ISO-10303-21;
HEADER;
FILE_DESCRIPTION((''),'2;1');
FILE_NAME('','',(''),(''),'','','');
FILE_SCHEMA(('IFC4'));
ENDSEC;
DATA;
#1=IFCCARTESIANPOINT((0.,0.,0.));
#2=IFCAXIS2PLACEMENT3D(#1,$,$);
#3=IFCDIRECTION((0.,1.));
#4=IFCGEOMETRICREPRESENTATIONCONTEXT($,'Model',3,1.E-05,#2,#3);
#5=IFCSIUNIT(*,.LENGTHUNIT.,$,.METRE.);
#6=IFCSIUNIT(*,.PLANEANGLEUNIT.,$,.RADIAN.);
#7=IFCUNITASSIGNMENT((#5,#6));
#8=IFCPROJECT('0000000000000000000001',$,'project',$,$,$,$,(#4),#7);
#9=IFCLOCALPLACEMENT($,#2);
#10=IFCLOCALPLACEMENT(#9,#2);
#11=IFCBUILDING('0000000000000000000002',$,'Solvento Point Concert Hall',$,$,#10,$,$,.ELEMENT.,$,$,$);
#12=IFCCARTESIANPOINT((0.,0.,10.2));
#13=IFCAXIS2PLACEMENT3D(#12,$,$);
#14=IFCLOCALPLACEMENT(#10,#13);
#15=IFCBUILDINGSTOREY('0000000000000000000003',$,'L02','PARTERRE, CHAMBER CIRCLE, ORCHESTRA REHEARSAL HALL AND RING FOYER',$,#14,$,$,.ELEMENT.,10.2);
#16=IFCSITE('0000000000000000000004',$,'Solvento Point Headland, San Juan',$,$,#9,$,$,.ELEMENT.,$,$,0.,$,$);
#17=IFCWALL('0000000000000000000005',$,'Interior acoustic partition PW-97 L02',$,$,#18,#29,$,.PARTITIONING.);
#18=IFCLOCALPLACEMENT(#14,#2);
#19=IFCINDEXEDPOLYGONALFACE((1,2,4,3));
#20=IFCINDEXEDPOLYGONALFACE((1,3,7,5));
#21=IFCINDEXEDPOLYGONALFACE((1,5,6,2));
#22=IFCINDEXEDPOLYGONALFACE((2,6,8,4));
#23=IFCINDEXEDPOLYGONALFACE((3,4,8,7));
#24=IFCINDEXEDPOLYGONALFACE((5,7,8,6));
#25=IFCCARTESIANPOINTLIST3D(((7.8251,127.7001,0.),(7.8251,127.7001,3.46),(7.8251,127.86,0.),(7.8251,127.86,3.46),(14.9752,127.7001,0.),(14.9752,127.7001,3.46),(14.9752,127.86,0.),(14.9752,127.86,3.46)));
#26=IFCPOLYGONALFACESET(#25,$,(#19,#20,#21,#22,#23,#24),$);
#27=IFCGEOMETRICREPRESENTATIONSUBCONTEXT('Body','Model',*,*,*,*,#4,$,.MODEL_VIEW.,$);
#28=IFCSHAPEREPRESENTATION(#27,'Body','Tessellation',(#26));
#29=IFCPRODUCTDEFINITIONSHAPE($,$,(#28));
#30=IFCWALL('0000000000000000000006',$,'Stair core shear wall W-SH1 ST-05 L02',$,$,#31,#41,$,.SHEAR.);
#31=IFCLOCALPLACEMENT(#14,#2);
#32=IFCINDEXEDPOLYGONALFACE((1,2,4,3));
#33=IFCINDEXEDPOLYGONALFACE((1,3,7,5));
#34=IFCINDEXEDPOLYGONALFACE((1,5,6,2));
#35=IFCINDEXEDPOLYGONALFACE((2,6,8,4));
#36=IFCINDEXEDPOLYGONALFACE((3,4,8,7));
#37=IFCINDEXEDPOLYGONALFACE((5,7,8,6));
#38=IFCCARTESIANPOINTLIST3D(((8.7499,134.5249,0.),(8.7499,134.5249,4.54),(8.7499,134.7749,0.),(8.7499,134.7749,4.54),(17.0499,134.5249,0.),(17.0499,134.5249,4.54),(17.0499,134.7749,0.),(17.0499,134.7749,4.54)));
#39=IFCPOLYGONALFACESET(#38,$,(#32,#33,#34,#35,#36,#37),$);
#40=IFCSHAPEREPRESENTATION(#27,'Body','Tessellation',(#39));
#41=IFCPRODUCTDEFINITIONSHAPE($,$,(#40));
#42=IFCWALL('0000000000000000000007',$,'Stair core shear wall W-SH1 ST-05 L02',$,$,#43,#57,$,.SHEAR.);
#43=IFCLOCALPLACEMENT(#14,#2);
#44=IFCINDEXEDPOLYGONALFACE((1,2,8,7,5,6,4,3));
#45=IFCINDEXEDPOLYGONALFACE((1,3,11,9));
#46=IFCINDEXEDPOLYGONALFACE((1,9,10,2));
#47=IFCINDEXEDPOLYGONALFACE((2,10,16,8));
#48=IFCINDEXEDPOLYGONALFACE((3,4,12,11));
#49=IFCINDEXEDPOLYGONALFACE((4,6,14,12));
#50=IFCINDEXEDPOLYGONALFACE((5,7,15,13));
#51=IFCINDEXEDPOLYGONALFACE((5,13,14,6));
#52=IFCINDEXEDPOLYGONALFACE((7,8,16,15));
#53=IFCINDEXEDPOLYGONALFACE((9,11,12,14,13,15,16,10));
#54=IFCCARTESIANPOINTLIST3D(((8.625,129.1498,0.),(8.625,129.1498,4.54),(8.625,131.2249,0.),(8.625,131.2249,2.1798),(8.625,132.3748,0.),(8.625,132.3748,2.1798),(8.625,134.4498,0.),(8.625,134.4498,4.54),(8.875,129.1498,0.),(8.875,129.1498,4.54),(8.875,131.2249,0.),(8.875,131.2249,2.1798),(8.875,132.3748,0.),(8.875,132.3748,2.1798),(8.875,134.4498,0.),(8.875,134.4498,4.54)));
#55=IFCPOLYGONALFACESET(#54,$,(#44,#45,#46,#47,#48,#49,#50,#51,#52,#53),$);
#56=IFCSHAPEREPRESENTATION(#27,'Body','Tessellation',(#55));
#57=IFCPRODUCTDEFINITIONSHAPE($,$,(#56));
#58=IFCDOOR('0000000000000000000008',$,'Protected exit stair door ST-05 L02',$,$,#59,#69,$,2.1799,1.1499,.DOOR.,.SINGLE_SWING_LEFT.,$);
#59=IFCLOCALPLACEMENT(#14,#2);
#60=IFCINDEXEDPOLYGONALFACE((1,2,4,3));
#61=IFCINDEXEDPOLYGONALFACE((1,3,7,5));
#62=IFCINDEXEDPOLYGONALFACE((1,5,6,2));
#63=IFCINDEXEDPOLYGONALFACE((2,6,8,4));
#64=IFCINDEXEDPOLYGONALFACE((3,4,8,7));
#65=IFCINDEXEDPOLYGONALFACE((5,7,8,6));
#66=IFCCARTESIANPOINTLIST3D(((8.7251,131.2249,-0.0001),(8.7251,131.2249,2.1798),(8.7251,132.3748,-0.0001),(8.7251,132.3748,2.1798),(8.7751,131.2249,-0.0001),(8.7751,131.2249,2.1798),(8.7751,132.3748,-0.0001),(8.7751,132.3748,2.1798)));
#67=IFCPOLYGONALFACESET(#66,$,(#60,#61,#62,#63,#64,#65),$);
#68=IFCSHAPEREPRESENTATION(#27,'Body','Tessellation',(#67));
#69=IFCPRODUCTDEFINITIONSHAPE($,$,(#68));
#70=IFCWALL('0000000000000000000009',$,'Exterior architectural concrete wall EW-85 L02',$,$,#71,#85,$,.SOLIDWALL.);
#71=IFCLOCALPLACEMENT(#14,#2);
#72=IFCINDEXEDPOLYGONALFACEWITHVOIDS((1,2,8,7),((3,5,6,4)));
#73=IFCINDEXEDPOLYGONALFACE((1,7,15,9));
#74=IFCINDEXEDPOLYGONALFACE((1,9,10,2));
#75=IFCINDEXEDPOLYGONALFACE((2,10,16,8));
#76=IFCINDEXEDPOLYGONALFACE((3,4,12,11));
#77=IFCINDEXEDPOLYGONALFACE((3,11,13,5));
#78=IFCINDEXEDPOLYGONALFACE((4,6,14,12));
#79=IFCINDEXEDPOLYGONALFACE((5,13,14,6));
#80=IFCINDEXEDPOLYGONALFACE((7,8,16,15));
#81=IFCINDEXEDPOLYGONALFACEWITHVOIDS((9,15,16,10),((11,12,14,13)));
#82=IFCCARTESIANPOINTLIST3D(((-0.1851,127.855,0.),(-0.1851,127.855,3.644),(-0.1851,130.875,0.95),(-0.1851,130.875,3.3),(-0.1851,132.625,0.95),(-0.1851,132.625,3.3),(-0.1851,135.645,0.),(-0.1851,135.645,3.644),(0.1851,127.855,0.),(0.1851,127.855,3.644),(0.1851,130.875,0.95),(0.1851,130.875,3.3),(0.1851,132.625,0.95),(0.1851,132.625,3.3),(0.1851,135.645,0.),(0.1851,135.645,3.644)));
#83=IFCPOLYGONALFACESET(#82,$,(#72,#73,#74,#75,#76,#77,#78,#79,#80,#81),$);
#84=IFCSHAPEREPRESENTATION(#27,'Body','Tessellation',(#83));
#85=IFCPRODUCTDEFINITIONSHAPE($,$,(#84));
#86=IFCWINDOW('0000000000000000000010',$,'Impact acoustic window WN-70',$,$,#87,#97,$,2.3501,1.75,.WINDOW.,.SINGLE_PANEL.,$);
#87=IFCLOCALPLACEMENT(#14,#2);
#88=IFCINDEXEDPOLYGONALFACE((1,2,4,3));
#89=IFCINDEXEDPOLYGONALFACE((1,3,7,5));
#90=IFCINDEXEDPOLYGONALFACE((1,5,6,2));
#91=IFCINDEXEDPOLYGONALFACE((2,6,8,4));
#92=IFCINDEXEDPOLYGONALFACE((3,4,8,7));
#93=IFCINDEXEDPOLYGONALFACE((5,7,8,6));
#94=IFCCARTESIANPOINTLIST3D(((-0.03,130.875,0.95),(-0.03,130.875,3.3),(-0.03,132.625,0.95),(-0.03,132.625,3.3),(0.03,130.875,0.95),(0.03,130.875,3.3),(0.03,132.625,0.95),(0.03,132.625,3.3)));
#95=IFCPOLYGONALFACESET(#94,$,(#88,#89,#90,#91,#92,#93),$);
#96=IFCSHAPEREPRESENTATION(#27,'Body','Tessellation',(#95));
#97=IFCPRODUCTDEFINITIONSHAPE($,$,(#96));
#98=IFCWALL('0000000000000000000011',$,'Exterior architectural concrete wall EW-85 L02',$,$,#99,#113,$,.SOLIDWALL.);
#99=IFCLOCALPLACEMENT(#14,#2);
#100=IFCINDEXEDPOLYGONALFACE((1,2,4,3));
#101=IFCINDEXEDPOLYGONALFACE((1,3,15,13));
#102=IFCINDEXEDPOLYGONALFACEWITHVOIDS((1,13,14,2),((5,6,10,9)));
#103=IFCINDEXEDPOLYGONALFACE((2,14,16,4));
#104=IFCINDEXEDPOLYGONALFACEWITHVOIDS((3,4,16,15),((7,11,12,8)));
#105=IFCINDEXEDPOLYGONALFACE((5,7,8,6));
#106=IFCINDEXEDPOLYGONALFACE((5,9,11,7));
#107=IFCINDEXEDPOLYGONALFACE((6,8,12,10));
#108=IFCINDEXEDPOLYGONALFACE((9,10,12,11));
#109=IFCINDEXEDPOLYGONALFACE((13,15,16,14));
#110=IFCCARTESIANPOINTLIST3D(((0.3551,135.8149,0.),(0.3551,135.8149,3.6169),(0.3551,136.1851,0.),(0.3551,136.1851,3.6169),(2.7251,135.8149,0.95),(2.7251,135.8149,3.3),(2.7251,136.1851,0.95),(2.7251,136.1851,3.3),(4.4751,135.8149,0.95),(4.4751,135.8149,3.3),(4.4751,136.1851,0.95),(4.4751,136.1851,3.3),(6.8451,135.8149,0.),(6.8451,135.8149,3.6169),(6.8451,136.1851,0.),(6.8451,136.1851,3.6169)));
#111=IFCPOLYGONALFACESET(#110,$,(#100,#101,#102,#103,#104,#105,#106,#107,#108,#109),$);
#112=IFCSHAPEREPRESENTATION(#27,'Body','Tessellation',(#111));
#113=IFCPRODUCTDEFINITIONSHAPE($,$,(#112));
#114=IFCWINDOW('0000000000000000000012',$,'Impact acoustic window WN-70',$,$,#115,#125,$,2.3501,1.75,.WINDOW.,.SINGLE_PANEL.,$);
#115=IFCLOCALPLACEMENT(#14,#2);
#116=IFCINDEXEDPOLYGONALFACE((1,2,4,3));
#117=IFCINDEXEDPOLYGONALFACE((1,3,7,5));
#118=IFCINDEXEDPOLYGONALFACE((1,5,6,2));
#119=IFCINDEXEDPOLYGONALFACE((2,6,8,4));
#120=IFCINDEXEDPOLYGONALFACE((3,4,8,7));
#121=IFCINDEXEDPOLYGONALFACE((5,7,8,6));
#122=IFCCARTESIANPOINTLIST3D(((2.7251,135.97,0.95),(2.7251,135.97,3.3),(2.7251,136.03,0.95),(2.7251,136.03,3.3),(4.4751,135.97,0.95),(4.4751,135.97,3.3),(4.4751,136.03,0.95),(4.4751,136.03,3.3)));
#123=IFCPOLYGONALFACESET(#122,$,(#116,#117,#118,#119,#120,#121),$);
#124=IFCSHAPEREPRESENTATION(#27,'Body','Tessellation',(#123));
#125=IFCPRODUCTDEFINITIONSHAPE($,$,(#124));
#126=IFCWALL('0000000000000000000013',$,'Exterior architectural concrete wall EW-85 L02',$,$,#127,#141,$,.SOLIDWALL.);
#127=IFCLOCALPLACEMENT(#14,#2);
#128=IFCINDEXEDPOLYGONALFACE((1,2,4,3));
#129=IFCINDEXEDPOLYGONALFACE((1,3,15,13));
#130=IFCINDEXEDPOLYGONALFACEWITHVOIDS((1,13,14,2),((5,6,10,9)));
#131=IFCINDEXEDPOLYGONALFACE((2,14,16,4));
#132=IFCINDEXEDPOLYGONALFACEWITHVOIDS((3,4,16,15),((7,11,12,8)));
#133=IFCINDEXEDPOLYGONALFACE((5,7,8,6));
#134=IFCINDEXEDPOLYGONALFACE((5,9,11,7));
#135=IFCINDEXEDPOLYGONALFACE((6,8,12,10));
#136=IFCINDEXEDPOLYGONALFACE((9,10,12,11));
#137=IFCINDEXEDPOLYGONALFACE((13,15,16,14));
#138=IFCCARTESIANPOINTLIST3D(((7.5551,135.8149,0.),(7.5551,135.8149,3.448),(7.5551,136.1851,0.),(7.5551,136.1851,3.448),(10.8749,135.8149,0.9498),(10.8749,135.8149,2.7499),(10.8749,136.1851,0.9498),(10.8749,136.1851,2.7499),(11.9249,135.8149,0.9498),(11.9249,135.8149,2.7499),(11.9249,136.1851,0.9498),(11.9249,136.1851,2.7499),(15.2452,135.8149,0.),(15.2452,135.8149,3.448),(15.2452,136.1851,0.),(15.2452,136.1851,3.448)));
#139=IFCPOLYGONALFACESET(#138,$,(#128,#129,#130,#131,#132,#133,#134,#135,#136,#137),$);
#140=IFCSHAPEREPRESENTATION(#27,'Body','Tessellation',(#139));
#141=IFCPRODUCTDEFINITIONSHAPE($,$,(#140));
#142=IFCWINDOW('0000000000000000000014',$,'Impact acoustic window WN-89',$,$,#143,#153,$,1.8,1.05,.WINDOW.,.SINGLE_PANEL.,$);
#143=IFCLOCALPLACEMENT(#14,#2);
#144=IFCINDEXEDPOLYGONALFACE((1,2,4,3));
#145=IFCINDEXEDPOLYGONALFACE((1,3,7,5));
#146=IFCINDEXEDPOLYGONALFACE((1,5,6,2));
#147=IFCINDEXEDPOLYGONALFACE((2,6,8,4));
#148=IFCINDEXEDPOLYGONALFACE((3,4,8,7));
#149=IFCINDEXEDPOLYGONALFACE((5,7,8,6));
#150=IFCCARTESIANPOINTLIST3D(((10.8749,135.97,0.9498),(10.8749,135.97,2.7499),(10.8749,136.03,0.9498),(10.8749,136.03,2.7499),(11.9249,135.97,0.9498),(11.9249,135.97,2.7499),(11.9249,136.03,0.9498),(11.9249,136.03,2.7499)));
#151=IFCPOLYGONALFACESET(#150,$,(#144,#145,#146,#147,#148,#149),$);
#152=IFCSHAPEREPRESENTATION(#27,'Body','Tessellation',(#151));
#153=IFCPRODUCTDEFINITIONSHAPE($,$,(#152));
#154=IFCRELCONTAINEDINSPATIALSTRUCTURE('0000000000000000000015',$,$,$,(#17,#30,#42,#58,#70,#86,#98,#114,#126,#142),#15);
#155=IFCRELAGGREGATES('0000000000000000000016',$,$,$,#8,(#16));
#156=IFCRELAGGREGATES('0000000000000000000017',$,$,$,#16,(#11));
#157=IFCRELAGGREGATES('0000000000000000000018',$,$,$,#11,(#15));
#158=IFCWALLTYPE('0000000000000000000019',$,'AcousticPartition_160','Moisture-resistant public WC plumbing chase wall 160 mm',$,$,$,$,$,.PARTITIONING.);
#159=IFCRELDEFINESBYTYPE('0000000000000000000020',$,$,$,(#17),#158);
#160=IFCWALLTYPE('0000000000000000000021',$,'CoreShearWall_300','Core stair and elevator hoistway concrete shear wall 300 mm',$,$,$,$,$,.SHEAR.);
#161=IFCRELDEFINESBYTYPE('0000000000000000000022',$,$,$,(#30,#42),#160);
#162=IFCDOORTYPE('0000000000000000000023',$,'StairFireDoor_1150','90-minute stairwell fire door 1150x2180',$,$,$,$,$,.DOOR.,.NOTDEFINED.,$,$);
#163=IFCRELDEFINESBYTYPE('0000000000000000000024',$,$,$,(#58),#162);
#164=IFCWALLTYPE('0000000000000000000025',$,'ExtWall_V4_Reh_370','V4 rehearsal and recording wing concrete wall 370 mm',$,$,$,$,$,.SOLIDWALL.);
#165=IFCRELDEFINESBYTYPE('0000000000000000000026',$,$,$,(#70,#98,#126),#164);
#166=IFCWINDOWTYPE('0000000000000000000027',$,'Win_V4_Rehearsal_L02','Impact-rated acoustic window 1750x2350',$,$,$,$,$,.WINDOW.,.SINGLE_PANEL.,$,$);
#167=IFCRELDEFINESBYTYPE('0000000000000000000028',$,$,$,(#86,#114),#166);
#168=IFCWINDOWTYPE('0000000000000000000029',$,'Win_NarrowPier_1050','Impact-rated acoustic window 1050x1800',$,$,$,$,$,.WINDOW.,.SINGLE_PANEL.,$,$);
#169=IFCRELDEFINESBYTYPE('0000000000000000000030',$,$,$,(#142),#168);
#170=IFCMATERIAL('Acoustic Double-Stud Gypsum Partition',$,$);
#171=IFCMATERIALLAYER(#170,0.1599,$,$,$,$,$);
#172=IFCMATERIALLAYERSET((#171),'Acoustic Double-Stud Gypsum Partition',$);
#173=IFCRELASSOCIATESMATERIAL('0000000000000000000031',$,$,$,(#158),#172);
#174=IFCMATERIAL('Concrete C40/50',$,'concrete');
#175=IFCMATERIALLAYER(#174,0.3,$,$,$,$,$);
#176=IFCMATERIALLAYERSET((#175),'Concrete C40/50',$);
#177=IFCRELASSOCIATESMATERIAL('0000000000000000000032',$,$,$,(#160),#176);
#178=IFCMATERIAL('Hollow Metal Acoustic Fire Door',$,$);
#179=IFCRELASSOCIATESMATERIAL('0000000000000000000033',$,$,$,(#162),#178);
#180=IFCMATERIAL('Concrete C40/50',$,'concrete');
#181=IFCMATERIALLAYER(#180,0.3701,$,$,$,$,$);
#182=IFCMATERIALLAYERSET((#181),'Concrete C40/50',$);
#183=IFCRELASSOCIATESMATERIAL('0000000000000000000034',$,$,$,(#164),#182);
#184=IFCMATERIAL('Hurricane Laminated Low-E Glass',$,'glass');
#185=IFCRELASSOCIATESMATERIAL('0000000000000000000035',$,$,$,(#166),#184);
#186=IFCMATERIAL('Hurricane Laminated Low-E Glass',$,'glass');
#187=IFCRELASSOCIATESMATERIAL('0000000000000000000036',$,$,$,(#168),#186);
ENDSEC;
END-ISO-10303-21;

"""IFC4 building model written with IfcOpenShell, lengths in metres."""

from ifc_helpers import new_model, si_unit, direction, frame, frame_2d, origin, place, context, subcontext, project, spatial, rectangle, extrude, material, layer, layer_set, type_object, element, fill, save


model = new_model("IFC4")

# Units and contexts
model_context = context("Model", 3, precision=1e-05, world=origin(), true_north=direction((0.0, 1.0)))
body_context = subcontext(model_context, "Body", "Model", "MODEL_VIEW")
ifc_project = project(units=[si_unit("LENGTHUNIT", "METRE"), si_unit("PLANEANGLEUNIT", "RADIAN")], contexts=[model_context])

# Site, building, storey
site_placement = place(None, origin())
site = spatial("IfcSite", under=ifc_project, at=site_placement, Name="Solvento Point Headland, San Juan", CompositionType="ELEMENT", RefElevation=0.0)
building_placement = place(site_placement, origin())
building = spatial("IfcBuilding", under=site, at=building_placement, Name="Solvento Point Concert Hall", CompositionType="ELEMENT")
storey_placement = place(building_placement, frame((0.0, 0.0, 10.2)))
storey = spatial("IfcBuildingStorey", under=building, at=storey_placement, Name="L02", Description="PARTERRE, CHAMBER CIRCLE, ORCHESTRA REHEARSAL HALL AND RING FOYER", CompositionType="ELEMENT", Elevation=10.2)

# Shared definitions
ifc_material_1 = material(Name="Acoustic Double-Stud Gypsum Partition")
ifc_layer_1 = layer(ifc_material_1, 0.1599)
ifc_layer_set_1 = layer_set([ifc_layer_1], Name="Acoustic Double-Stud Gypsum Partition")
wall_type_1 = type_object("IfcWallType", Name="AcousticPartition_160", Description="Moisture-resistant public WC plumbing chase wall 160 mm", PredefinedType="PARTITIONING", material=ifc_layer_set_1)

# Walls
wall_1_placement = place(storey_placement, frame((7.825, 127.78, 0.0), z_axis=(0.0, 0.0, 1.0), x_axis=(1.0, 0.0, 0.0)))
element("IfcWall", 1, at=wall_1_placement, inside=storey, type_object=wall_type_1, Name="Interior acoustic partition PW-97 L02", PredefinedType="PARTITIONING", context=body_context, shape_type="SweptSolid", body=[
    extrude(rectangle(XDim=7.1501, YDim=0.1599, at=frame_2d((3.5752, 0.0))), origin(), (0.0, 0.0, 1.0), 3.46),
])
ifc_material_2 = material(Name="Concrete C40/50", Category="concrete")
ifc_layer_2 = layer(ifc_material_2, 0.3)
ifc_layer_set_2 = layer_set([ifc_layer_2], Name="Concrete C40/50")
wall_type_2 = type_object("IfcWallType", Name="CoreShearWall_300", Description="Core stair and elevator hoistway concrete shear wall 300 mm", PredefinedType="SHEAR", material=ifc_layer_set_2)
wall_2_placement = place(storey_placement, frame((8.75, 134.6499, 0.0), z_axis=(0.0, 0.0, 1.0), x_axis=(1.0, 0.0, 0.0)))
element("IfcWall", 2, at=wall_2_placement, inside=storey, type_object=wall_type_2, Name="Stair core shear wall W-SH1 ST-05 L02", PredefinedType="SHEAR", context=body_context, shape_type="SweptSolid", body=[
    extrude(rectangle(XDim=8.3, YDim=0.25, at=frame_2d((4.1499, 0.0))), origin(), (0.0, 0.0, 1.0), 4.54),
])

# Wall, opening, door
wall_3_placement = place(storey_placement, frame((8.75, 129.1499, 0.0), z_axis=(0.0, 0.0, 1.0), x_axis=(0.0, 1.0, 0.0)))
wall_3 = element("IfcWall", 3, at=wall_3_placement, inside=storey, type_object=wall_type_2, Name="Stair core shear wall W-SH1 ST-05 L02", PredefinedType="SHEAR", context=body_context, shape_type="SweptSolid", body=[
    extrude(rectangle(XDim=5.3, YDim=0.25, at=frame_2d((2.6499, 0.0))), origin(), (0.0, 0.0, 1.0), 4.54),
])
opening_1_placement = place(wall_3_placement, frame((2.075, 0.0, 0.0)))
opening_1 = element("IfcOpeningElement", 4, at=opening_1_placement, cuts=wall_3, PredefinedType="OPENING", context=body_context, shape_type="SweptSolid", body=[
    extrude(rectangle(XDim=1.1499, YDim=2.1799, at=frame_2d((0.575, 1.0898))), frame((0.0, 0.135, 0.0), z_axis=(0.0, -1.0, 0.0), x_axis=(1.0, 0.0, 0.0)), (0.0, 0.0, 1.0), 0.27),
])
ifc_material_3 = material(Name="Hollow Metal Acoustic Fire Door")
door_type_1 = type_object("IfcDoorType", Name="StairFireDoor_1150", Description="90-minute stairwell fire door 1150x2180", OperationType="NOTDEFINED", PredefinedType="DOOR", material=ifc_material_3)
door_1_placement = place(opening_1_placement, origin())
door_1 = element("IfcDoor", 5, at=door_1_placement, inside=storey, type_object=door_type_1, Name="Protected exit stair door ST-05 L02", OperationType="SINGLE_SWING_LEFT", OverallHeight=2.1799, OverallWidth=1.1499, PredefinedType="DOOR", context=body_context, shape_type="SweptSolid", body=[
    extrude(rectangle(XDim=1.1499, YDim=2.1799, at=frame_2d((0.575, 1.0898))), frame((0.0, 0.0249, 0.0), z_axis=(0.0, -1.0, 0.0), x_axis=(1.0, 0.0, 0.0)), (0.0, 0.0, 1.0), 0.05),
])
fill(opening_1, door_1)

# Walls, openings, windows
ifc_material_4 = material(Name="Concrete C40/50", Category="concrete")
ifc_layer_3 = layer(ifc_material_4, 0.3701)
ifc_layer_set_3 = layer_set([ifc_layer_3], Name="Concrete C40/50")
wall_type_3 = type_object("IfcWallType", Name="ExtWall_V4_Reh_370", Description="V4 rehearsal and recording wing concrete wall 370 mm", PredefinedType="SOLIDWALL", material=ifc_layer_set_3)
wall_4_placement = place(storey_placement, frame((0.0, 127.855, 0.0), z_axis=(0.0, 0.0, 1.0), x_axis=(0.0, 1.0, 0.0)))
wall_4 = element("IfcWall", 6, at=wall_4_placement, inside=storey, type_object=wall_type_3, Name="Exterior architectural concrete wall EW-85 L02", PredefinedType="SOLIDWALL", context=body_context, shape_type="SweptSolid", body=[
    extrude(rectangle(XDim=7.79, YDim=0.3701, at=frame_2d((3.895, 0.0))), origin(), (0.0, 0.0, 1.0), 3.644),
])
opening_2_placement = place(wall_4_placement, frame((3.02, 0.0, 0.95)))
opening_2 = element("IfcOpeningElement", 7, at=opening_2_placement, cuts=wall_4, PredefinedType="OPENING", context=body_context, shape_type="SweptSolid", body=[
    extrude(rectangle(XDim=1.75, YDim=2.3501, at=frame_2d((0.875, 1.175))), frame((0.0, 0.1951, 0.0), z_axis=(0.0, -1.0, 0.0), x_axis=(1.0, 0.0, 0.0)), (0.0, 0.0, 1.0), 0.3901),
])
ifc_material_5 = material(Name="Hurricane Laminated Low-E Glass", Category="glass")
window_type_1 = type_object("IfcWindowType", Name="Win_V4_Rehearsal_L02", Description="Impact-rated acoustic window 1750x2350", PartitioningType="SINGLE_PANEL", PredefinedType="WINDOW", material=ifc_material_5)
window_1_placement = place(opening_2_placement, origin())
window_1 = element("IfcWindow", 8, at=window_1_placement, inside=storey, type_object=window_type_1, Name="Impact acoustic window WN-70", OverallHeight=2.3501, OverallWidth=1.75, PartitioningType="SINGLE_PANEL", PredefinedType="WINDOW", context=body_context, shape_type="SweptSolid", body=[
    extrude(rectangle(XDim=1.75, YDim=2.3501, at=frame_2d((0.875, 1.175))), frame((0.0, 0.03, 0.0), z_axis=(0.0, -1.0, 0.0), x_axis=(1.0, 0.0, 0.0)), (0.0, 0.0, 1.0), 0.0601),
])
fill(opening_2, window_1)
wall_5_placement = place(storey_placement, frame((0.355, 136.0, 0.0), z_axis=(0.0, 0.0, 1.0), x_axis=(1.0, 0.0, 0.0)))
wall_5 = element("IfcWall", 9, at=wall_5_placement, inside=storey, type_object=wall_type_3, Name="Exterior architectural concrete wall EW-85 L02", PredefinedType="SOLIDWALL", context=body_context, shape_type="SweptSolid", body=[
    extrude(rectangle(XDim=6.49, YDim=0.3701, at=frame_2d((3.2451, 0.0))), origin(), (0.0, 0.0, 1.0), 3.6169),
])
opening_3_placement = place(wall_5_placement, frame((2.3701, 0.0, 0.95)))
opening_3 = element("IfcOpeningElement", 10, at=opening_3_placement, cuts=wall_5, PredefinedType="OPENING", context=body_context, shape_type="SweptSolid", body=[
    extrude(rectangle(XDim=1.75, YDim=2.3501, at=frame_2d((0.875, 1.175))), frame((0.0, 0.1951, 0.0), z_axis=(0.0, -1.0, 0.0), x_axis=(1.0, 0.0, 0.0)), (0.0, 0.0, 1.0), 0.3901),
])
window_2_placement = place(opening_3_placement, origin())
window_2 = element("IfcWindow", 11, at=window_2_placement, inside=storey, type_object=window_type_1, Name="Impact acoustic window WN-70", OverallHeight=2.3501, OverallWidth=1.75, PartitioningType="SINGLE_PANEL", PredefinedType="WINDOW", context=body_context, shape_type="SweptSolid", body=[
    extrude(rectangle(XDim=1.75, YDim=2.3501, at=frame_2d((0.875, 1.175))), frame((0.0, 0.03, 0.0), z_axis=(0.0, -1.0, 0.0), x_axis=(1.0, 0.0, 0.0)), (0.0, 0.0, 1.0), 0.0601),
])
fill(opening_3, window_2)
wall_6_placement = place(storey_placement, frame((7.5549, 136.0, 0.0), z_axis=(0.0, 0.0, 1.0), x_axis=(1.0, 0.0, 0.0)))
wall_6 = element("IfcWall", 12, at=wall_6_placement, inside=storey, type_object=wall_type_3, Name="Exterior architectural concrete wall EW-85 L02", PredefinedType="SOLIDWALL", context=body_context, shape_type="SweptSolid", body=[
    extrude(rectangle(XDim=7.6902, YDim=0.3701, at=frame_2d((3.8452, 0.0))), origin(), (0.0, 0.0, 1.0), 3.448),
])
opening_4_placement = place(wall_6_placement, frame((3.3201, 0.0, 0.95)))
opening_4 = element("IfcOpeningElement", 13, at=opening_4_placement, cuts=wall_6, PredefinedType="OPENING", context=body_context, shape_type="SweptSolid", body=[
    extrude(rectangle(XDim=1.05, YDim=1.8, at=frame_2d((0.5249, 0.8999))), frame((0.0, 0.1951, 0.0), z_axis=(0.0, -1.0, 0.0), x_axis=(1.0, 0.0, 0.0)), (0.0, 0.0, 1.0), 0.3901),
])
ifc_material_6 = material(Name="Hurricane Laminated Low-E Glass", Category="glass")
window_type_2 = type_object("IfcWindowType", Name="Win_NarrowPier_1050", Description="Impact-rated acoustic window 1050x1800", PartitioningType="SINGLE_PANEL", PredefinedType="WINDOW", material=ifc_material_6)
window_3_placement = place(opening_4_placement, origin())
window_3 = element("IfcWindow", 14, at=window_3_placement, inside=storey, type_object=window_type_2, Name="Impact acoustic window WN-89", OverallHeight=1.8, OverallWidth=1.05, PartitioningType="SINGLE_PANEL", PredefinedType="WINDOW", context=body_context, shape_type="SweptSolid", body=[
    extrude(rectangle(XDim=1.05, YDim=1.8, at=frame_2d((0.5249, 0.8999))), frame((0.0, 0.03, 0.0), z_axis=(0.0, -1.0, 0.0), x_axis=(1.0, 0.0, 0.0)), (0.0, 0.0, 1.0), 0.0601),
])
fill(opening_4, window_3)

save(model, "model.ifc")
